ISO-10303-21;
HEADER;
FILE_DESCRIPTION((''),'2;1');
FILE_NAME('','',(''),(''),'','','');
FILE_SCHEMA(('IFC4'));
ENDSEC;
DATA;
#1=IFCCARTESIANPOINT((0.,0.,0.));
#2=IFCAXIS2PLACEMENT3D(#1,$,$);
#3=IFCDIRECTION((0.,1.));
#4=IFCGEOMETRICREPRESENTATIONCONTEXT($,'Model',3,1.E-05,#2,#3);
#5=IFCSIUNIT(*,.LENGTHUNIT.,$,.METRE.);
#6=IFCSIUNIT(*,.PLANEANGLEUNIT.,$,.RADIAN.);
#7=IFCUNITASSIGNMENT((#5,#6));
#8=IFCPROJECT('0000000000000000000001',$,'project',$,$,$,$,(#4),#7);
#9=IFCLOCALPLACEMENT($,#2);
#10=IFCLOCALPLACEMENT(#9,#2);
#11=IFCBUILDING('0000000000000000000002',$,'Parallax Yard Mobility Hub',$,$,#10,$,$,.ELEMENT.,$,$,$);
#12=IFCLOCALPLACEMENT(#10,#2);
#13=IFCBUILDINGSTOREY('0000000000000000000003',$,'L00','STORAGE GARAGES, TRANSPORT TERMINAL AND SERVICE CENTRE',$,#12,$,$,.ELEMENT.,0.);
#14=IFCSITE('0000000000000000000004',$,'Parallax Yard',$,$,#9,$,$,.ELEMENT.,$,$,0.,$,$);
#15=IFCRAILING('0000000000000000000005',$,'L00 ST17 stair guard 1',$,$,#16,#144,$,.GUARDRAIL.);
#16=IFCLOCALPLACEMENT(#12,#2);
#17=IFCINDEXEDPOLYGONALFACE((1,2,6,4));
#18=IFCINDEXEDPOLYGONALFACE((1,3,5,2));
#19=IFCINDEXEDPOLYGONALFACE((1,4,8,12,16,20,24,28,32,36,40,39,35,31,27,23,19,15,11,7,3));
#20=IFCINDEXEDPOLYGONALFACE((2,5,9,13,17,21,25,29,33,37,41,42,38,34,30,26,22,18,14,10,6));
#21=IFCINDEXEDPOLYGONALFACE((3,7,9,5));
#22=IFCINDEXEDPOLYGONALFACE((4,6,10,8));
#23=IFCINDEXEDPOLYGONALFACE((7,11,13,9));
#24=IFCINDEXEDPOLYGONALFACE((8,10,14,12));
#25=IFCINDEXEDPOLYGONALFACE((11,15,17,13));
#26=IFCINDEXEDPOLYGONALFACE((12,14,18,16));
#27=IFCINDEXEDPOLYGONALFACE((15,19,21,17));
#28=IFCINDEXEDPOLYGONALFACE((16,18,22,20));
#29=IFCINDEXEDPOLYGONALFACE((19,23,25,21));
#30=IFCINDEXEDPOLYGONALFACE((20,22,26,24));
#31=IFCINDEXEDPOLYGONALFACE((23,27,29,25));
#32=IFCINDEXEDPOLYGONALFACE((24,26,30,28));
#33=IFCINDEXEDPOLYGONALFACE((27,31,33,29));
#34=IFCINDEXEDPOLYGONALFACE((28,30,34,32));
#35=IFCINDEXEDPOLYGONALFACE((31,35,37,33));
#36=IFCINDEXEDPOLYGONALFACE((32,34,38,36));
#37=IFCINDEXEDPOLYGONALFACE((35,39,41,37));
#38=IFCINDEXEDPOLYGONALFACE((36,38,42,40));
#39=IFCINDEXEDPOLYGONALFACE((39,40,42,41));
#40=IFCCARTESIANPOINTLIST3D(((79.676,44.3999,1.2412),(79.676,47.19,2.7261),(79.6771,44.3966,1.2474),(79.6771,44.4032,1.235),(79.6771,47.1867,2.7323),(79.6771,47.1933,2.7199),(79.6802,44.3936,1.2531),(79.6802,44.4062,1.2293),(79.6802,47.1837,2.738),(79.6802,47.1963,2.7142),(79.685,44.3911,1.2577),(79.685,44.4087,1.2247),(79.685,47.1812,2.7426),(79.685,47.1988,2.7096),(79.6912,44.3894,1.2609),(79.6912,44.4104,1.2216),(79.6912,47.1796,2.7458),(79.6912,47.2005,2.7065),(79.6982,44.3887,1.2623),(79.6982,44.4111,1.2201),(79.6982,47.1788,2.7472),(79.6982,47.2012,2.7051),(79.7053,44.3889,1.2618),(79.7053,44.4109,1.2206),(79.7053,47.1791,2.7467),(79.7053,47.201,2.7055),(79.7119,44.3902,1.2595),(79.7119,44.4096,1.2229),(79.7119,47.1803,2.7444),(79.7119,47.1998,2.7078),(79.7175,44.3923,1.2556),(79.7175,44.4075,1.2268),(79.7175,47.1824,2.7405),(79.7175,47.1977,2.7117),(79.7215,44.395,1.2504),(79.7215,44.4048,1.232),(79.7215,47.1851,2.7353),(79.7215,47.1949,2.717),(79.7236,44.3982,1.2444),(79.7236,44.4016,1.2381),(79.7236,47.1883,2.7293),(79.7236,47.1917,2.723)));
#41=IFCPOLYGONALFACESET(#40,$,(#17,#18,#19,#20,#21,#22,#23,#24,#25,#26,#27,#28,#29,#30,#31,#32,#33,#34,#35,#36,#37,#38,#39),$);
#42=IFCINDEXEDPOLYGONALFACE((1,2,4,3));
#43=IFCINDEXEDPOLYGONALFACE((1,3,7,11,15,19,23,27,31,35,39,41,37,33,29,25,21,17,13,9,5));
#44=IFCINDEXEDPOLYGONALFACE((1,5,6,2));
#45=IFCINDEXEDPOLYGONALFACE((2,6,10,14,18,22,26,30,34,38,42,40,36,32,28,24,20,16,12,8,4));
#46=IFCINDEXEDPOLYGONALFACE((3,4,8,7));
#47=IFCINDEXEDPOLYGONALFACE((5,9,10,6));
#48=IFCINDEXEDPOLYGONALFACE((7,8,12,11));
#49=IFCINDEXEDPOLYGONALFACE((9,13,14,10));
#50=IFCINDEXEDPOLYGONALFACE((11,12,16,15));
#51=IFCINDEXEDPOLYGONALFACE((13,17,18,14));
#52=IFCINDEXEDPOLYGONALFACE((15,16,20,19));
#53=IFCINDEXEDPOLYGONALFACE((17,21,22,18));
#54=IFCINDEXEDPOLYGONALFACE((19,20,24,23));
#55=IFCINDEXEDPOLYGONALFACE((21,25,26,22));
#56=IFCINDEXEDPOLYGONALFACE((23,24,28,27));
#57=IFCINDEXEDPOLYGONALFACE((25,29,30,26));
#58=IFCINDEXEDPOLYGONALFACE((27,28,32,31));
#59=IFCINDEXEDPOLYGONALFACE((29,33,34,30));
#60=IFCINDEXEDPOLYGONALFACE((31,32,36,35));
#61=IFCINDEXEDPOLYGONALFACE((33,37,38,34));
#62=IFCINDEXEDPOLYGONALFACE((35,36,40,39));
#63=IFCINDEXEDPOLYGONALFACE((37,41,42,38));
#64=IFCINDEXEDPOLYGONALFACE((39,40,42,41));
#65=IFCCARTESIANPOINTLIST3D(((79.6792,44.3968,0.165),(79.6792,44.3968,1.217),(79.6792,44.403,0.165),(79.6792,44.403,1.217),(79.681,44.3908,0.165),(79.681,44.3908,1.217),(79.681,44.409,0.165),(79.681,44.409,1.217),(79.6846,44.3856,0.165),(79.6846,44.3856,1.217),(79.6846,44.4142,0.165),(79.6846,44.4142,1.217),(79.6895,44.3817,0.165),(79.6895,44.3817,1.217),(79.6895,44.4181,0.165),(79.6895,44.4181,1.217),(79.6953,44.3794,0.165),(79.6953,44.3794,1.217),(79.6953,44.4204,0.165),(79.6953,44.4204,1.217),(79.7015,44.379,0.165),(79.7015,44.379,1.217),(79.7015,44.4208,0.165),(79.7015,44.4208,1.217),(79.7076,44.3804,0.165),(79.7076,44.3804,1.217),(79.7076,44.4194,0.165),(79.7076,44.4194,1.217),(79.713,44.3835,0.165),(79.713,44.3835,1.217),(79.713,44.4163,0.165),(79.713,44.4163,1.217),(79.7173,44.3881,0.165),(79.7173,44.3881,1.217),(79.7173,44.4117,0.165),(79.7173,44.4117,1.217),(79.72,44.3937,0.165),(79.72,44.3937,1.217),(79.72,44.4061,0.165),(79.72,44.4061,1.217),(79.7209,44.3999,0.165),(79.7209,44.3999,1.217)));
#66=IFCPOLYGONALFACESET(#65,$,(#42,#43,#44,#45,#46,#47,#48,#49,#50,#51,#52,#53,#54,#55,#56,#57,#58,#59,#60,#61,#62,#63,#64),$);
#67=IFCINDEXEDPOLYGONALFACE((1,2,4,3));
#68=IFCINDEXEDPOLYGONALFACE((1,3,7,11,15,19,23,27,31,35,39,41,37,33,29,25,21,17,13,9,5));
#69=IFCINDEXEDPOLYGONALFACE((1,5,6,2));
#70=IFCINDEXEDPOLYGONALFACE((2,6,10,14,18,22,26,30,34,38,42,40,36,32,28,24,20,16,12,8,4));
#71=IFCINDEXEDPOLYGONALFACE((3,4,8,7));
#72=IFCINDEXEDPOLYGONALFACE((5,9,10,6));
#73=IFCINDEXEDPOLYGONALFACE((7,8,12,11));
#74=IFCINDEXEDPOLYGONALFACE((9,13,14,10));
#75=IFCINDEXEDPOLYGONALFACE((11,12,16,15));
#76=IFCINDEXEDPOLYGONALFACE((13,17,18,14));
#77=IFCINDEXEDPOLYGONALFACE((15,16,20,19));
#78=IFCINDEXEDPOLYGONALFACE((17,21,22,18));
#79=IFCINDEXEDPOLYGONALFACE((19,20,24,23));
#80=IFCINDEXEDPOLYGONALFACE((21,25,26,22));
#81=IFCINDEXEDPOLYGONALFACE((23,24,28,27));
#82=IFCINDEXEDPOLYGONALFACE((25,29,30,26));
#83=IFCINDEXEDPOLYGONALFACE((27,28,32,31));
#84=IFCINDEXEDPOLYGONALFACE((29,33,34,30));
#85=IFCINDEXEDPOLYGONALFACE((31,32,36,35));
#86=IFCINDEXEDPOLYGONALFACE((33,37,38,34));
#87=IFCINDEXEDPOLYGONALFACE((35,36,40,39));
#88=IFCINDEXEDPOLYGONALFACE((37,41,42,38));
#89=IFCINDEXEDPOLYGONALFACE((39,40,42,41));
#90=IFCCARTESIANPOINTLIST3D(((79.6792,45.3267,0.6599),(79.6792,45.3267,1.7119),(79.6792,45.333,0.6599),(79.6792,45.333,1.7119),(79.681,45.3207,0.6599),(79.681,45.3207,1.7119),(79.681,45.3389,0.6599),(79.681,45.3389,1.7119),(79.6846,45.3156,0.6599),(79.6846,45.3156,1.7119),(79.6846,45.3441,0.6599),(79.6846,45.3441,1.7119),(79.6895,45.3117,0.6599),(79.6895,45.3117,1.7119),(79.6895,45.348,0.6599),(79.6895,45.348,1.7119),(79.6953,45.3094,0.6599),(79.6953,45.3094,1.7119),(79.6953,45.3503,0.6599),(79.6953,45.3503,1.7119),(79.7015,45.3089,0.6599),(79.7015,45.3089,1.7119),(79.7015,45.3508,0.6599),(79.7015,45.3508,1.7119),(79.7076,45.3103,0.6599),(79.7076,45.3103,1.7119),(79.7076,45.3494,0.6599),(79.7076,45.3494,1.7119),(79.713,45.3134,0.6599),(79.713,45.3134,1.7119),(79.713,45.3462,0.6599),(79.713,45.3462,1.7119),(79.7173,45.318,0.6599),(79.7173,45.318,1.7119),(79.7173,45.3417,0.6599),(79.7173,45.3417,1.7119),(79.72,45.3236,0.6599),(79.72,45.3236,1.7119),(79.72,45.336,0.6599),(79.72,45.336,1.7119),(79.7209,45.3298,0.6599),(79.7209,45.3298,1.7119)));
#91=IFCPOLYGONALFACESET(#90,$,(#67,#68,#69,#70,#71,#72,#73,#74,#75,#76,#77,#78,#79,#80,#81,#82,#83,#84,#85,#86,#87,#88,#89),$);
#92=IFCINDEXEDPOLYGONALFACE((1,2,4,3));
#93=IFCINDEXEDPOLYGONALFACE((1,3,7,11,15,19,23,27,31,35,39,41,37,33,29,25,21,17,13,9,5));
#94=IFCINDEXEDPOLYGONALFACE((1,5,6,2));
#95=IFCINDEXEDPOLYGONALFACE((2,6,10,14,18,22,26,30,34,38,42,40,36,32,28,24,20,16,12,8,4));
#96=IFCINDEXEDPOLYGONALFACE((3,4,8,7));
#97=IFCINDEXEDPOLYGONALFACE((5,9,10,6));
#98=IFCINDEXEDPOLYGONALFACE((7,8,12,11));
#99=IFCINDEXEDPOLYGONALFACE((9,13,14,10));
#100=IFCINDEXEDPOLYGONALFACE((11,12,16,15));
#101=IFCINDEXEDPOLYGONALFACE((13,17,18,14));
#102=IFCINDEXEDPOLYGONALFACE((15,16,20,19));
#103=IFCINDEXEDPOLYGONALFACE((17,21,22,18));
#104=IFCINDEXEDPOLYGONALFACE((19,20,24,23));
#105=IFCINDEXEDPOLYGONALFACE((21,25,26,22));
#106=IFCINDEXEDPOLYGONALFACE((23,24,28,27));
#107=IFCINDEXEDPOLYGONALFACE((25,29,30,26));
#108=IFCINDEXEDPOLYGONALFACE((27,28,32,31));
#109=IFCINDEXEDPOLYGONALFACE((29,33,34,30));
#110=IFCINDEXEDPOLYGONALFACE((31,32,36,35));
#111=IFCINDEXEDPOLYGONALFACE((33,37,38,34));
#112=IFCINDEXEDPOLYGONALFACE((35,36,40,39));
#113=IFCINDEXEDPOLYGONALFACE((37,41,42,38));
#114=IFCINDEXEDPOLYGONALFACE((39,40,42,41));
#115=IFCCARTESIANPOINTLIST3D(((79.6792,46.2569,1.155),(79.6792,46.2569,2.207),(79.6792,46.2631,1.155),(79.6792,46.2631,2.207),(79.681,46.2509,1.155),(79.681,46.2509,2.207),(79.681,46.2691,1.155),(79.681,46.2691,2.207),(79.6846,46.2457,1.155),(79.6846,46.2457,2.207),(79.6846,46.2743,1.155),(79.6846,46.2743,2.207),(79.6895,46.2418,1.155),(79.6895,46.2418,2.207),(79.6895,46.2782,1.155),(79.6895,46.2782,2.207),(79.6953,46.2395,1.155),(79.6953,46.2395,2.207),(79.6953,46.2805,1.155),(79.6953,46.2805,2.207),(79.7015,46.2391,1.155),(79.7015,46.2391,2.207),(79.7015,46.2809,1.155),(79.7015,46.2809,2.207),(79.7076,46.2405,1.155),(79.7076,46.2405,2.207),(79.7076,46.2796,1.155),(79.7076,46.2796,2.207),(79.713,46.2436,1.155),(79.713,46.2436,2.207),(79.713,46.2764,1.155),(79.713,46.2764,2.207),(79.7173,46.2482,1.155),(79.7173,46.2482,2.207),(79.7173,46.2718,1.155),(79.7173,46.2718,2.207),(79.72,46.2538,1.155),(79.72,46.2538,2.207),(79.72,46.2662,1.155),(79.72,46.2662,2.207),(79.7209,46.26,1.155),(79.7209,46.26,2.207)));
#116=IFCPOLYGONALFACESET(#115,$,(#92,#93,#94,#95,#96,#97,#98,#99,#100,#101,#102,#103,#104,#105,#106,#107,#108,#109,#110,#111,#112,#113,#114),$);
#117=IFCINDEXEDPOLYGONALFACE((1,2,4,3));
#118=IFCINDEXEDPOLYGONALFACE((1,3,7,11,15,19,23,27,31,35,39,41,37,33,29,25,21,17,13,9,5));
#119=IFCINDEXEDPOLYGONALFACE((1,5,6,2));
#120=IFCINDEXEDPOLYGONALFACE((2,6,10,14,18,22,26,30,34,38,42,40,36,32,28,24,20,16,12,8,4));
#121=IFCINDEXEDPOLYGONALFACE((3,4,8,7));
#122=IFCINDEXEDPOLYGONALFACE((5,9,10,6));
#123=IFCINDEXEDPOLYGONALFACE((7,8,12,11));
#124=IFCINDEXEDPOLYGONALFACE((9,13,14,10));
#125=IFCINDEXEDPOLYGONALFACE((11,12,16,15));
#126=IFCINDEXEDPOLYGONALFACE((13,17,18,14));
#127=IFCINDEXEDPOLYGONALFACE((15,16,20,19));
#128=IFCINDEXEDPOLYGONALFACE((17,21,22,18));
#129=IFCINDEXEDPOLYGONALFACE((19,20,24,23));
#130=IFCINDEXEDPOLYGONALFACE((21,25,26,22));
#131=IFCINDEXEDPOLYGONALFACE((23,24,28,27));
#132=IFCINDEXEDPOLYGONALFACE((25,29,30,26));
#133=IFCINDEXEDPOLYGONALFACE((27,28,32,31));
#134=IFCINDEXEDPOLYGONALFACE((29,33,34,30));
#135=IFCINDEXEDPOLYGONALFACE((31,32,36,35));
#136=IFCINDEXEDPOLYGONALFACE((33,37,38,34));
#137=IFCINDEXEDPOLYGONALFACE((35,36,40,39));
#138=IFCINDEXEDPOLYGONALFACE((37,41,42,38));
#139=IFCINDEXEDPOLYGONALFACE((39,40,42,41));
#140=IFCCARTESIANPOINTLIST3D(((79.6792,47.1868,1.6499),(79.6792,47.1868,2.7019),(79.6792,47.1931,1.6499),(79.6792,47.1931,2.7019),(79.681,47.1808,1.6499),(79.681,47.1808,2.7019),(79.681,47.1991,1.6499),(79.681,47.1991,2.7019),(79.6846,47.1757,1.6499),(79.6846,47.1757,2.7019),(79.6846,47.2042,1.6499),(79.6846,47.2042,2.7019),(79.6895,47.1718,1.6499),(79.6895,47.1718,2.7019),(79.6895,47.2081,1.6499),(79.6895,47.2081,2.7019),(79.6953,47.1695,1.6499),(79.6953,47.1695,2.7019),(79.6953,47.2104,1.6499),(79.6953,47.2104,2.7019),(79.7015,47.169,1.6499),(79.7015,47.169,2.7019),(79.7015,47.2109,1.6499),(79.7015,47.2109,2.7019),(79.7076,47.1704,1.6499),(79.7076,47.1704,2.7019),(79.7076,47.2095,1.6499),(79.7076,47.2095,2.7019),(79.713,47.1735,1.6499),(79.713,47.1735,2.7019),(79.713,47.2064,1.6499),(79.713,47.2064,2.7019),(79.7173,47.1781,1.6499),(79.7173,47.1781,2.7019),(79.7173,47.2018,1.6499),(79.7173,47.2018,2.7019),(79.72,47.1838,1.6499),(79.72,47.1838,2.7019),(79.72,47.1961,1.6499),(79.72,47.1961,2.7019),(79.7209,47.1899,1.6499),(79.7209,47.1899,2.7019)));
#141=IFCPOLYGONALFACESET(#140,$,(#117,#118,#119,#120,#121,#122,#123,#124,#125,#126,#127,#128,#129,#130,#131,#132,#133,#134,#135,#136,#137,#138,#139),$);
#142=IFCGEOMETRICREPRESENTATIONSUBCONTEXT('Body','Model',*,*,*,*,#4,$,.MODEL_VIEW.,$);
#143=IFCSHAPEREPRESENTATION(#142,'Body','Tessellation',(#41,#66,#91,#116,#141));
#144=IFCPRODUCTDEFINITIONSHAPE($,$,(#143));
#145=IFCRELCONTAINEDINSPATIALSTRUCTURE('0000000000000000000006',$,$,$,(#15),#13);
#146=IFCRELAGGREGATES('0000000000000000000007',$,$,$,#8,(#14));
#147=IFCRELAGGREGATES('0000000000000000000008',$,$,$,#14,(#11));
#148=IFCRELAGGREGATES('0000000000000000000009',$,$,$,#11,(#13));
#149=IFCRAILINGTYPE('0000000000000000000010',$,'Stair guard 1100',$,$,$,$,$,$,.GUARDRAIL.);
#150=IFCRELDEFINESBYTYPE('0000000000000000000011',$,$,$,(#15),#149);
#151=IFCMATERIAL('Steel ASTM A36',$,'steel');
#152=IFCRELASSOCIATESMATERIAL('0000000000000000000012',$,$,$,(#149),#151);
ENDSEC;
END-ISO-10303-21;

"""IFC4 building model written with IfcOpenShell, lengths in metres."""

from ifc_helpers import new_model, si_unit, direction, frame, origin, origin_2d, place, context, subcontext, project, spatial, circle, extrude, material, type_object, element, save


model = new_model("IFC4")

# Units and contexts
model_context = context("Model", 3, precision=1e-05, world=origin(), true_north=direction((0.0, 1.0)))
body_context = subcontext(model_context, "Body", "Model", "MODEL_VIEW")
ifc_project = project(units=[si_unit("LENGTHUNIT", "METRE"), si_unit("PLANEANGLEUNIT", "RADIAN")], contexts=[model_context])

# Site, building, storey
site_placement = place(None, origin())
site = spatial("IfcSite", under=ifc_project, at=site_placement, Name="Parallax Yard", CompositionType="ELEMENT", RefElevation=0.0)
building_placement = place(site_placement, origin())
building = spatial("IfcBuilding", under=site, at=building_placement, Name="Parallax Yard Mobility Hub", CompositionType="ELEMENT")
storey_placement = place(building_placement, origin())
storey = spatial("IfcBuildingStorey", under=building, at=storey_placement, Name="L00", Description="STORAGE GARAGES, TRANSPORT TERMINAL AND SERVICE CENTRE", CompositionType="ELEMENT", Elevation=0.0)

# Railing
ifc_material_1 = material(Name="Steel ASTM A36", Category="steel")
railing_type_1 = type_object("IfcRailingType", Name="Stair guard 1100", PredefinedType="GUARDRAIL", material=ifc_material_1)
railing_1_placement = place(storey_placement, frame((79.7, 44.3999, 0.165)))
element("IfcRailing", 1, at=railing_1_placement, inside=storey, type_object=railing_type_1, Name="L00 ST17 stair guard 1", PredefinedType="GUARDRAIL", context=body_context, shape_type="SweptSolid", body=[
    extrude(circle(Radius=0.0239, at=origin_2d()), frame((0.0, 0.0, 1.0762), z_axis=(0.0, 0.882767, 0.46981), x_axis=(-1.0, 0.0, 0.0)), (0.0, 0.0, 1.0), 3.1606),
    extrude(circle(Radius=0.021, at=origin_2d()), origin(), (0.0, 0.0, 1.0), 1.052),
    extrude(circle(Radius=0.021, at=origin_2d()), frame((0.0, 0.9299, 0.4949)), (0.0, 0.0, 1.0), 1.052),
    extrude(circle(Radius=0.021, at=origin_2d()), frame((0.0, 1.8601, 0.99)), (0.0, 0.0, 1.0), 1.052),
    extrude(circle(Radius=0.021, at=origin_2d()), frame((0.0, 2.79, 1.4849)), (0.0, 0.0, 1.0), 1.052),
])

save(model, "model.ifc")
